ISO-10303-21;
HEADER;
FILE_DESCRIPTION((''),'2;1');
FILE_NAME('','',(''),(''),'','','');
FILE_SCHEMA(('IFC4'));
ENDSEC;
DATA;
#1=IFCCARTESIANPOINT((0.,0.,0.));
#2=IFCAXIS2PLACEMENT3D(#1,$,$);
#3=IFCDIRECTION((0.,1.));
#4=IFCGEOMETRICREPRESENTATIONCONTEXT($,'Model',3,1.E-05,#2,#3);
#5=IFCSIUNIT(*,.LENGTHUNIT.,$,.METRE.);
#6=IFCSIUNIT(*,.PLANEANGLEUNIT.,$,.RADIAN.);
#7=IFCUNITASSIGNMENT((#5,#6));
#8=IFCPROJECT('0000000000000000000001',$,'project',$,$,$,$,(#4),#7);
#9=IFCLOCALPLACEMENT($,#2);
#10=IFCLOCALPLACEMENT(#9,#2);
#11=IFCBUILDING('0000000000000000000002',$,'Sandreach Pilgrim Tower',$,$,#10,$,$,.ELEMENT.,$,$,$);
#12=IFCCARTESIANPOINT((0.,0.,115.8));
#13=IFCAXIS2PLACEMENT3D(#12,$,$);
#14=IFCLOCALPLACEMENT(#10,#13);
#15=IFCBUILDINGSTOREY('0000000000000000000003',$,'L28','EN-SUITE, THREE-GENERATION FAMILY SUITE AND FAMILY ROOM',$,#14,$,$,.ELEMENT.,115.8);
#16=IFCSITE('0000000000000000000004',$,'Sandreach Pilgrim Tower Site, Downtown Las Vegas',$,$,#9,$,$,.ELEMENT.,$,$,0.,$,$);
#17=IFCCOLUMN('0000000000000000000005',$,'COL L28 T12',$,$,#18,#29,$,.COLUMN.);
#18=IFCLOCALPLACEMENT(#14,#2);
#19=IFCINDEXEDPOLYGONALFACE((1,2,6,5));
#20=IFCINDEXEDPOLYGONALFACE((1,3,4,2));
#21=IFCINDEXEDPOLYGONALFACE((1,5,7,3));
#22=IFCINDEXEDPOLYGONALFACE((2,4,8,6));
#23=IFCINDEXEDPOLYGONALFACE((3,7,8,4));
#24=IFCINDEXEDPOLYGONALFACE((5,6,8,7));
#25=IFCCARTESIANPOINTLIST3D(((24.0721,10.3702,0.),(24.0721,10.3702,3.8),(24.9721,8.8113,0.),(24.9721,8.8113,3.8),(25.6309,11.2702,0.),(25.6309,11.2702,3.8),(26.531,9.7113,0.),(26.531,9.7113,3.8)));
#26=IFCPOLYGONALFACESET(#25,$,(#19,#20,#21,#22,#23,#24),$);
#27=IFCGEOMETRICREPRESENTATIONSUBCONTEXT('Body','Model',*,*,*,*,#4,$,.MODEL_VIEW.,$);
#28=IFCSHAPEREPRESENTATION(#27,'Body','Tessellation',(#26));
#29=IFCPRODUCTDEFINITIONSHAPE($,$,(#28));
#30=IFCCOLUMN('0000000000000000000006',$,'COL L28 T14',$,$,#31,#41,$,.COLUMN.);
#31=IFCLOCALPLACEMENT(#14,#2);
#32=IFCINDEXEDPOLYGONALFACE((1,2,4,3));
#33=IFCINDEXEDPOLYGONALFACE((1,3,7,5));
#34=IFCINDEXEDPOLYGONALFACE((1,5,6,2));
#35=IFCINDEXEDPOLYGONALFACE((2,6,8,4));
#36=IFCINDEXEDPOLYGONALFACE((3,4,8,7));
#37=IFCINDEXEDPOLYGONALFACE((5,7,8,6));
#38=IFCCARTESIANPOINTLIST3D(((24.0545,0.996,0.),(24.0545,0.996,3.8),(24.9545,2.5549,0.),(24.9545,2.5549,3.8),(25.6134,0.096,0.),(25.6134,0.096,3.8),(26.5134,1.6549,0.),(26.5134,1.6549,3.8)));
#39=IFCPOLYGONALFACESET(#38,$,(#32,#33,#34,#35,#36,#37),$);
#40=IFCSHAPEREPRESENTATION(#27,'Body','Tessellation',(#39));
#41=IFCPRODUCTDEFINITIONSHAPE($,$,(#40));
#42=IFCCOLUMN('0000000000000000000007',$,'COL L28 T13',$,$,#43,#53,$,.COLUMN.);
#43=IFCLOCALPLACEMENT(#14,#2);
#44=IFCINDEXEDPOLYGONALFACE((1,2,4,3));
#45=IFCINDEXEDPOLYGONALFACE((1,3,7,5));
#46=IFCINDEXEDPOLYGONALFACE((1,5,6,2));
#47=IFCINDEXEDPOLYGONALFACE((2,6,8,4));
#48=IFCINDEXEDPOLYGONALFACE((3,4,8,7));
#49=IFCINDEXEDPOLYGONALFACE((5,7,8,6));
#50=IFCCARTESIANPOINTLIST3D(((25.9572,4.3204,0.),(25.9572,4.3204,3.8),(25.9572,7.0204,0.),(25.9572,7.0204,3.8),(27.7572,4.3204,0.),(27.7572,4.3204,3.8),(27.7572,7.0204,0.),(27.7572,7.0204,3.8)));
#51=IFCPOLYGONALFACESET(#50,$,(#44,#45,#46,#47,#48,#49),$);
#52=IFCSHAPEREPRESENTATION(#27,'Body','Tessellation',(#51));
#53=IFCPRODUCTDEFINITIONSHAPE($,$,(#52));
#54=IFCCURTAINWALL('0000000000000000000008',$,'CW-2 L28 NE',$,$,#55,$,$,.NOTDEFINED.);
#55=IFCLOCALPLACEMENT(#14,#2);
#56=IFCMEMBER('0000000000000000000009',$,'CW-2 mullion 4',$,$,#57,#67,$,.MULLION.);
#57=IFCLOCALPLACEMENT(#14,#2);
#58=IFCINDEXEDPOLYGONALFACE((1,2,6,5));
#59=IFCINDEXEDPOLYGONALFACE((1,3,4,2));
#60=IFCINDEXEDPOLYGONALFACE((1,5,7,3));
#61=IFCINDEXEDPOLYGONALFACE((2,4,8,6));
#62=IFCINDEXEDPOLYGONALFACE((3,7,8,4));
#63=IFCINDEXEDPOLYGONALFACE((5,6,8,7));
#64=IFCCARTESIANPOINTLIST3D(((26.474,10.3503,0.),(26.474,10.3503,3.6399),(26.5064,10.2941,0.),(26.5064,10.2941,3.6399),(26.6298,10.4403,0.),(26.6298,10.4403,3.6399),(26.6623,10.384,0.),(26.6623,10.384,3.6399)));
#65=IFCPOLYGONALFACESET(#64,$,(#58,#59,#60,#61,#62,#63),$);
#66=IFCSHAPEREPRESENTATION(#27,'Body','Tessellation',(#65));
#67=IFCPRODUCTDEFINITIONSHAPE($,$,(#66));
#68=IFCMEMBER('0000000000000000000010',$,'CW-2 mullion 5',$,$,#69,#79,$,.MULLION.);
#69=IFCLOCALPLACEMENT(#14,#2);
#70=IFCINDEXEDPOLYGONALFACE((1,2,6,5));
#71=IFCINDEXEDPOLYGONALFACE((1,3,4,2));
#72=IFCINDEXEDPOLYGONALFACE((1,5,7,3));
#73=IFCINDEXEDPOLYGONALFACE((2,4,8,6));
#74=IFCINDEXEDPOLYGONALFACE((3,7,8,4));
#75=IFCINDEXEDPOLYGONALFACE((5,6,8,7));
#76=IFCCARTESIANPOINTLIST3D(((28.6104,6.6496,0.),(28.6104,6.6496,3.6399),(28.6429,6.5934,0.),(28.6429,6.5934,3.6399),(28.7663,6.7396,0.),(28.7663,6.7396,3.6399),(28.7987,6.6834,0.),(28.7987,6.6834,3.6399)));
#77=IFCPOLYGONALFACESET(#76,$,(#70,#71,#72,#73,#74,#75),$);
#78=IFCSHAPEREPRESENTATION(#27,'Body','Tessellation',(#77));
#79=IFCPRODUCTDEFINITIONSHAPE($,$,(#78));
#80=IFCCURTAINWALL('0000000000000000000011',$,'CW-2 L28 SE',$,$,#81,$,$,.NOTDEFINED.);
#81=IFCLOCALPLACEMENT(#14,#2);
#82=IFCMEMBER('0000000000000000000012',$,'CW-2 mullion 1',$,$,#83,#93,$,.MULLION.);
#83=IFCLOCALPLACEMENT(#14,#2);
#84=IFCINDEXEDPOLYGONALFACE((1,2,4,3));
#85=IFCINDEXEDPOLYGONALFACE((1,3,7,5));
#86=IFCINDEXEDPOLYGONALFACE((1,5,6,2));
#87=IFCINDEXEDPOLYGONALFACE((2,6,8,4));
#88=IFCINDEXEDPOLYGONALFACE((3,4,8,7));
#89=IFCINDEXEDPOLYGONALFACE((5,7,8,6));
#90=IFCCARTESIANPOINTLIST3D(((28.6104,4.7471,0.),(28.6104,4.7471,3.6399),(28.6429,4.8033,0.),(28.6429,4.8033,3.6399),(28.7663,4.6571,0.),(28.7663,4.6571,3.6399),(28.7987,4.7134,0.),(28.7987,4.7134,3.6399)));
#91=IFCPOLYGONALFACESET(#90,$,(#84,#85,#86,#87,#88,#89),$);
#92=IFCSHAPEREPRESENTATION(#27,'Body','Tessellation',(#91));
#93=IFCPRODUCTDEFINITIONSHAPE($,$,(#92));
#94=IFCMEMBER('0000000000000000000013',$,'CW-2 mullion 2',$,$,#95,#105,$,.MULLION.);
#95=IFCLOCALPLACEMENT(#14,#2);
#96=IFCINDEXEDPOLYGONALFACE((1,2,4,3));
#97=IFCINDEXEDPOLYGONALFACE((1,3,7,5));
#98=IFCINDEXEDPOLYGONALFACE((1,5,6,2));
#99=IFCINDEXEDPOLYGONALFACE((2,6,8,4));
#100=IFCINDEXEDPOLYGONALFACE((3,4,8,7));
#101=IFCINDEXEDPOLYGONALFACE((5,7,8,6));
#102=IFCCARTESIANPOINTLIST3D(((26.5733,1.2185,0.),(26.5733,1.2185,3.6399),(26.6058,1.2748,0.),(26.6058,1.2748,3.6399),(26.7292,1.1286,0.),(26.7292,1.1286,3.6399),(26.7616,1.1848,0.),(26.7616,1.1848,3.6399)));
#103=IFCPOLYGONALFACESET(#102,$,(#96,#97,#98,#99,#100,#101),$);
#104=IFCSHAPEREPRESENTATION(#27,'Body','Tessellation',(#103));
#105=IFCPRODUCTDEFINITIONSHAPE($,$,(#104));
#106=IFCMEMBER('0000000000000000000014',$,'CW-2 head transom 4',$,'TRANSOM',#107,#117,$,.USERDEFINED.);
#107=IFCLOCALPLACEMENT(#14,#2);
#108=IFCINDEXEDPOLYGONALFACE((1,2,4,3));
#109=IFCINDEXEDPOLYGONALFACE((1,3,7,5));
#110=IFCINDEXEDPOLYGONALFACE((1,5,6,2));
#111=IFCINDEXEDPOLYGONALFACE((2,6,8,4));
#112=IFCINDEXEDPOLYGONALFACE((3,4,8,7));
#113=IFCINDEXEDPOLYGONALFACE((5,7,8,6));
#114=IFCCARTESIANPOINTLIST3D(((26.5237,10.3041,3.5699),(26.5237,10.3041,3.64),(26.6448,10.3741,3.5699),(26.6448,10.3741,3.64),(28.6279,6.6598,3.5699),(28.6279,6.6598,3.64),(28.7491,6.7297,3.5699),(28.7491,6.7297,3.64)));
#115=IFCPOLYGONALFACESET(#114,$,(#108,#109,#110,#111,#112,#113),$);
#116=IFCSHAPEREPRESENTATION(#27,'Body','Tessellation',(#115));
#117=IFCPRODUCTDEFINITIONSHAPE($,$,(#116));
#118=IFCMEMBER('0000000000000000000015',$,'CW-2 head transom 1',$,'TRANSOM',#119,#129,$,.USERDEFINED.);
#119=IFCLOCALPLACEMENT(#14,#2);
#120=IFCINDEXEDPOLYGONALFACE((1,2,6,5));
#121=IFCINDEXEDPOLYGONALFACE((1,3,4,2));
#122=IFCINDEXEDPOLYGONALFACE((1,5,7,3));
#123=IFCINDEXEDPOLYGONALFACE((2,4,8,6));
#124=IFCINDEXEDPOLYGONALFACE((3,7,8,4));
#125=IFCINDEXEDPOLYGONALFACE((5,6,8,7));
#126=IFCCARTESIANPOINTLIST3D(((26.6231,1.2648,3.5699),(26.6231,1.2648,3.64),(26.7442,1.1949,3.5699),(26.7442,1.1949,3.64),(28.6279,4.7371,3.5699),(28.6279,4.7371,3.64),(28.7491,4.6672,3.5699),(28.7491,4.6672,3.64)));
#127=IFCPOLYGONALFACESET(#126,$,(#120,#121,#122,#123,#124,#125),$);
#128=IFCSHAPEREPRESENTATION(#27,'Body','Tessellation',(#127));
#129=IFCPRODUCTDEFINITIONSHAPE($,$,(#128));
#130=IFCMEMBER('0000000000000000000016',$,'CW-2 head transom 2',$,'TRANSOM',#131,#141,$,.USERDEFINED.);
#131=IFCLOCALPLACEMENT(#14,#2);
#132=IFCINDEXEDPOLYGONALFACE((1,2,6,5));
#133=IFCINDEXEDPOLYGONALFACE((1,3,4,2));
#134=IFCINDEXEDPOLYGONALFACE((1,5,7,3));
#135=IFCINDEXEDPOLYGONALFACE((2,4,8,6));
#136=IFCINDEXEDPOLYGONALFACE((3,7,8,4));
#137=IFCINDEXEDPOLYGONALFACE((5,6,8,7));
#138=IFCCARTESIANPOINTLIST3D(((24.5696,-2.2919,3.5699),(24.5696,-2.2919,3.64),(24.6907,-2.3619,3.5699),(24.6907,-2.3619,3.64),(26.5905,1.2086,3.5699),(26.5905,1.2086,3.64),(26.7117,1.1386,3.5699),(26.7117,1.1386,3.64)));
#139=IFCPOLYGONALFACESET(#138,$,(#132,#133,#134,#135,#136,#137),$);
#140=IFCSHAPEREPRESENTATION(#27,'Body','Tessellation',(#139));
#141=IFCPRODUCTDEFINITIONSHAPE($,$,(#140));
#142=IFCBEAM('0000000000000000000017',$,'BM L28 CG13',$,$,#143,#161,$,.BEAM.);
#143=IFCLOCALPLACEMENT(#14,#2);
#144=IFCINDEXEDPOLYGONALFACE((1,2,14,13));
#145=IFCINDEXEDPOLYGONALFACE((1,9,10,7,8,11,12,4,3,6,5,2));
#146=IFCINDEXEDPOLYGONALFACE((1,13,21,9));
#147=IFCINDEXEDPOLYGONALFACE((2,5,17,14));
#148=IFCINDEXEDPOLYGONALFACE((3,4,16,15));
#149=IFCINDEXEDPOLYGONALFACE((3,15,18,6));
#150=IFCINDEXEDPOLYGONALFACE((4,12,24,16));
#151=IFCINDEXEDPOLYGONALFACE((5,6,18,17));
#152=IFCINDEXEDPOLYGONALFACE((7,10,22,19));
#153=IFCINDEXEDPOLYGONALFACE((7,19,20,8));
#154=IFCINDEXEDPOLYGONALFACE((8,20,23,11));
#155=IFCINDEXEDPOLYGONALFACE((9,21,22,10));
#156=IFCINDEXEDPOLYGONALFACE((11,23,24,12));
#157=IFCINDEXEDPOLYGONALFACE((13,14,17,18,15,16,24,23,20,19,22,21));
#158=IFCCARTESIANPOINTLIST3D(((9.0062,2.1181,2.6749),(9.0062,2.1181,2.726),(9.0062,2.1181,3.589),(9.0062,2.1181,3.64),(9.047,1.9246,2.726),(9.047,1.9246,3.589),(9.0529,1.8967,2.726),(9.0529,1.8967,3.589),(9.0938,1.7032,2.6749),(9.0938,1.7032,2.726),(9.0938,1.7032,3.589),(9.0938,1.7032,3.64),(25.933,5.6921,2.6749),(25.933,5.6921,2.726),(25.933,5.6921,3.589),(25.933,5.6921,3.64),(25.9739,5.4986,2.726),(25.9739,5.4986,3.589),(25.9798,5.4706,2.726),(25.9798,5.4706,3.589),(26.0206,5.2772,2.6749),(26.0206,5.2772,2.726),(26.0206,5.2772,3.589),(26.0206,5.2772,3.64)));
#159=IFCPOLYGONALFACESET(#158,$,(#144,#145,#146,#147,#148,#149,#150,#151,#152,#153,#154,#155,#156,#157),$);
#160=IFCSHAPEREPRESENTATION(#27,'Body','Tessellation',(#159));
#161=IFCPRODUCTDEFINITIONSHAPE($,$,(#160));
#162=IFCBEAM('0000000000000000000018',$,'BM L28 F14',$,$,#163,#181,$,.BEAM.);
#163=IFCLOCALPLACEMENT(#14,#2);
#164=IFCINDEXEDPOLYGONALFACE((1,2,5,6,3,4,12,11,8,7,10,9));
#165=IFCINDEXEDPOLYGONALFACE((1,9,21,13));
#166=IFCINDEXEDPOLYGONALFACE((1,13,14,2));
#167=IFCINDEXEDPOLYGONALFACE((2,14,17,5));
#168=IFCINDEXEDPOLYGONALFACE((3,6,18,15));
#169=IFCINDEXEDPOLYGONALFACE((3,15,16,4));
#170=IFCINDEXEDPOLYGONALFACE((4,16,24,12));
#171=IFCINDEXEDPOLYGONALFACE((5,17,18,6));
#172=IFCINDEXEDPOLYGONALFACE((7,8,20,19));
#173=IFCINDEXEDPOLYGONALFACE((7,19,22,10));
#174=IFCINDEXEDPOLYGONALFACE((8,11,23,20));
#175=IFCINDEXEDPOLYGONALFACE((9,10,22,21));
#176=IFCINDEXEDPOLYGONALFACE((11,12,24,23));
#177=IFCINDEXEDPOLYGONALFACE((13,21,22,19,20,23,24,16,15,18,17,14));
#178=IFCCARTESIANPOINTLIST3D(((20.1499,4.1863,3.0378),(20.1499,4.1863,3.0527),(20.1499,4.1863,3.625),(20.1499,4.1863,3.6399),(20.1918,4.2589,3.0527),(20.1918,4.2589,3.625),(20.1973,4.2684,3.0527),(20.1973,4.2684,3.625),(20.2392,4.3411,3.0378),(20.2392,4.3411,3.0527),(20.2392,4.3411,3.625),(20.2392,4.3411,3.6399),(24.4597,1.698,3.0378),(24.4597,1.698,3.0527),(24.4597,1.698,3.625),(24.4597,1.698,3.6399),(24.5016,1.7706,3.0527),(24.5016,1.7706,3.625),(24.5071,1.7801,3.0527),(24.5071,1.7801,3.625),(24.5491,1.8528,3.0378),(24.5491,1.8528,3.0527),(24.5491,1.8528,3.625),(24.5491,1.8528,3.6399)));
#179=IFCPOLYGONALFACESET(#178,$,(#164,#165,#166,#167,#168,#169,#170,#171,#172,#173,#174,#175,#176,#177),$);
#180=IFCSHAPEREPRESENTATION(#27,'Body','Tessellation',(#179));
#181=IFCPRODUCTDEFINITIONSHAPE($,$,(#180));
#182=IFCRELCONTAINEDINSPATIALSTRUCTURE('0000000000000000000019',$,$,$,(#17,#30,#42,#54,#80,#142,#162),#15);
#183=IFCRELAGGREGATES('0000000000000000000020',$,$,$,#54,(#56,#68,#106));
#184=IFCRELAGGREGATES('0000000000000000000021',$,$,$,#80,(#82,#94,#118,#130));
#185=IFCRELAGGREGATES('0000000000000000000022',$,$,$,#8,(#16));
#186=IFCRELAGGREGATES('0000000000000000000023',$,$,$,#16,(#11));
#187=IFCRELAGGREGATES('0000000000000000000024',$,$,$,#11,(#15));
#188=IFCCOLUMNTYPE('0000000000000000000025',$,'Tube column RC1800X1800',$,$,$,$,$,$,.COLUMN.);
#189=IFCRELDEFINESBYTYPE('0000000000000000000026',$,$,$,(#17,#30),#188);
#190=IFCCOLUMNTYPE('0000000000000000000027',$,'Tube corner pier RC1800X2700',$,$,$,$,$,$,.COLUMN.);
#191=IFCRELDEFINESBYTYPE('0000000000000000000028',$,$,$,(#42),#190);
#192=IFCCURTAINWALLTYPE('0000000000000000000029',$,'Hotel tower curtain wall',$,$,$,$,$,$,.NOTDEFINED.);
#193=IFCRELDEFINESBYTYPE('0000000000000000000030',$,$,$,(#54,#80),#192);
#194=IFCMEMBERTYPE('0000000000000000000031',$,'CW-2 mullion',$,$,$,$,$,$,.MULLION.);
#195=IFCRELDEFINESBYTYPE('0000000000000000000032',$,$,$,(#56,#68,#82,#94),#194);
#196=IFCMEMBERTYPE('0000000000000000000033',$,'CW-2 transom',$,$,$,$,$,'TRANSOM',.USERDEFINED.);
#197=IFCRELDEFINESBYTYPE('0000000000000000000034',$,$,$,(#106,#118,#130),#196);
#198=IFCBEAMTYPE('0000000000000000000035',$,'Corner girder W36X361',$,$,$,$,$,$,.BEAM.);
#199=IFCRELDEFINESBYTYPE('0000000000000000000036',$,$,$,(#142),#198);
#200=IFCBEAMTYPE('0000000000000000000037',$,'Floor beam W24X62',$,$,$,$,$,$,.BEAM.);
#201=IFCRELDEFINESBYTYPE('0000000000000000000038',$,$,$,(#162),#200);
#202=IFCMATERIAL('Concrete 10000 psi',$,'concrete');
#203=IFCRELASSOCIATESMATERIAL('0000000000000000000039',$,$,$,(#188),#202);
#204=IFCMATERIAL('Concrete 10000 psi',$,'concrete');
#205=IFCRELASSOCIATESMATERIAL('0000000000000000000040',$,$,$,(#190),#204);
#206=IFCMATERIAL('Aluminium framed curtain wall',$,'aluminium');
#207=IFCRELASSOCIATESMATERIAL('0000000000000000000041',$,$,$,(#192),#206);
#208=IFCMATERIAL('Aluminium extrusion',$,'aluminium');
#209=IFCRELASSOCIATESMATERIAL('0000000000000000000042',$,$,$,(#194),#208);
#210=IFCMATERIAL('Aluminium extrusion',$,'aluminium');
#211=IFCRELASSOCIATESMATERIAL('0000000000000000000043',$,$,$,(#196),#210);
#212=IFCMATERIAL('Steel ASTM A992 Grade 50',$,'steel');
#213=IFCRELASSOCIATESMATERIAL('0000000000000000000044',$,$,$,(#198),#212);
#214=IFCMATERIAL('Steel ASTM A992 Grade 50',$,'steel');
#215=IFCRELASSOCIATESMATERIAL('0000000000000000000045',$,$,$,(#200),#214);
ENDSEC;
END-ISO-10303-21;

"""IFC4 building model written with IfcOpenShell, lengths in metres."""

from ifc_helpers import new_model, si_unit, direction, frame, origin, origin_2d, place, context, subcontext, project, spatial, rectangle, i_section, extrude, material, material_profile, profile_set, type_object, element, aggregate, save


model = new_model("IFC4")

# Units and contexts
model_context = context("Model", 3, precision=1e-05, world=origin(), true_north=direction((0.0, 1.0)))
body_context = subcontext(model_context, "Body", "Model", "MODEL_VIEW")
ifc_project = project(units=[si_unit("LENGTHUNIT", "METRE"), si_unit("PLANEANGLEUNIT", "RADIAN")], contexts=[model_context])

# Site, building, storey
site_placement = place(None, origin())
site = spatial("IfcSite", under=ifc_project, at=site_placement, Name="Sandreach Pilgrim Tower Site, Downtown Las Vegas", CompositionType="ELEMENT", RefElevation=0.0)
building_placement = place(site_placement, origin())
building = spatial("IfcBuilding", under=site, at=building_placement, Name="Sandreach Pilgrim Tower", CompositionType="ELEMENT")
storey_placement = place(building_placement, frame((0.0, 0.0, 115.8)))
storey = spatial("IfcBuildingStorey", under=building, at=storey_placement, Name="L28", Description="EN-SUITE, THREE-GENERATION FAMILY SUITE AND FAMILY ROOM", CompositionType="ELEMENT", Elevation=115.8)

# Columns
ifc_material_1 = material(Name="Concrete 10000 psi", Category="concrete")
ifc_material_profile_1 = material_profile(ifc_material_1, rectangle(XDim=1.8, YDim=1.8, at=origin_2d()), Name="RC1800X1800")
ifc_profile_set_1 = profile_set([ifc_material_profile_1], Name="Concrete 10000 psi")
column_type_1 = type_object("IfcColumnType", Name="Tube column RC1800X1800", PredefinedType="COLUMN", material=ifc_profile_set_1)
for number, where, z_axis, x_axis, name in (
    (1, (25.3015, 10.0408, 0.0), (0.0, 0.0, 1.0), (0.866025, 0.5, 0.0), "COL L28 T12"),
    (2, (25.2839, 1.3254, 0.0), (0.0, 0.0, 1.0), (0.866025, -0.5, 0.0), "COL L28 T14"),
):
    element("IfcColumn", number, at=place(storey_placement, frame(where, z_axis=z_axis, x_axis=x_axis)), inside=storey, type_object=column_type_1, Name=name, PredefinedType="COLUMN", context=body_context, shape_type="SweptSolid", body=[
        extrude(rectangle(XDim=1.8, YDim=1.8, at=origin_2d()), origin(), (0.0, 0.0, 1.0), 3.8),
    ])
ifc_material_2 = material(Name="Concrete 10000 psi", Category="concrete")
ifc_material_profile_2 = material_profile(ifc_material_2, rectangle(XDim=1.8, YDim=2.7, at=origin_2d()), Name="RC1800X2700")
ifc_profile_set_2 = profile_set([ifc_material_profile_2], Name="Concrete 10000 psi")
column_type_2 = type_object("IfcColumnType", Name="Tube corner pier RC1800X2700", PredefinedType="COLUMN", material=ifc_profile_set_2)
column_placement = place(storey_placement, frame((26.8572, 5.6704, 0.0), z_axis=(0.0, 0.0, 1.0), x_axis=(1.0, 0.0, 0.0)))
element("IfcColumn", 3, at=column_placement, inside=storey, type_object=column_type_2, Name="COL L28 T13", PredefinedType="COLUMN", context=body_context, shape_type="SweptSolid", body=[
    extrude(rectangle(XDim=1.8, YDim=2.7, at=origin_2d()), origin(), (0.0, 0.0, 1.0), 3.8),
])

# Curtain walls, members
ifc_material_3 = material(Name="Aluminium framed curtain wall", Category="aluminium")
curtain_wall_type = type_object("IfcCurtainWallType", Name="Hotel tower curtain wall", PredefinedType="NOTDEFINED", material=ifc_material_3)
curtain_wall_1_placement = place(storey_placement, origin())
curtain_wall_1 = element("IfcCurtainWall", 4, at=curtain_wall_1_placement, inside=storey, type_object=curtain_wall_type, Name="CW-2 L28 NE", PredefinedType="NOTDEFINED")
ifc_material_4 = material(Name="Aluminium extrusion", Category="aluminium")
ifc_material_profile_3 = material_profile(ifc_material_4, rectangle(XDim=0.0649, YDim=0.1799, at=origin_2d()), Name="CW-2M 65X180")
ifc_profile_set_3 = profile_set([ifc_material_profile_3], Name="Aluminium extrusion")
member_type_1 = type_object("IfcMemberType", Name="CW-2 mullion", PredefinedType="MULLION", material=ifc_profile_set_3)
member_1_placement = place(storey_placement, frame((26.5681, 10.3672, 0.0), z_axis=(0.0, 0.0, 1.0), x_axis=(0.5, -0.866025, 0.0)))
member_1 = element("IfcMember", 5, at=member_1_placement, type_object=member_type_1, Name="CW-2 mullion 4", PredefinedType="MULLION", context=body_context, shape_type="SweptSolid", body=[
    extrude(rectangle(XDim=0.0649, YDim=0.1799, at=origin_2d()), origin(), (0.0, 0.0, 1.0), 3.6399),
])
member_2_placement = place(storey_placement, frame((28.7046, 6.6665, 0.0), z_axis=(0.0, 0.0, 1.0), x_axis=(0.5, -0.866025, 0.0)))
member_2 = element("IfcMember", 6, at=member_2_placement, type_object=member_type_1, Name="CW-2 mullion 5", PredefinedType="MULLION", context=body_context, shape_type="SweptSolid", body=[
    extrude(rectangle(XDim=0.0649, YDim=0.1799, at=origin_2d()), origin(), (0.0, 0.0, 1.0), 3.6399),
])
curtain_wall_2_placement = place(storey_placement, origin())
curtain_wall_2 = element("IfcCurtainWall", 7, at=curtain_wall_2_placement, inside=storey, type_object=curtain_wall_type, Name="CW-2 L28 SE", PredefinedType="NOTDEFINED")
member_3_placement = place(storey_placement, frame((28.7046, 4.7302, 0.0), z_axis=(0.0, 0.0, 1.0), x_axis=(-0.5, -0.866025, 0.0)))
member_3 = element("IfcMember", 8, at=member_3_placement, type_object=member_type_1, Name="CW-2 mullion 1", PredefinedType="MULLION", context=body_context, shape_type="SweptSolid", body=[
    extrude(rectangle(XDim=0.0649, YDim=0.1799, at=origin_2d()), origin(), (0.0, 0.0, 1.0), 3.6399),
])
member_4_placement = place(storey_placement, frame((26.6675, 1.2017, 0.0), z_axis=(0.0, 0.0, 1.0), x_axis=(-0.5, -0.866025, 0.0)))
member_4 = element("IfcMember", 9, at=member_4_placement, type_object=member_type_1, Name="CW-2 mullion 2", PredefinedType="MULLION", context=body_context, shape_type="SweptSolid", body=[
    extrude(rectangle(XDim=0.0649, YDim=0.1799, at=origin_2d()), origin(), (0.0, 0.0, 1.0), 3.6399),
])

# Members
ifc_material_5 = material(Name="Aluminium extrusion", Category="aluminium")
ifc_material_profile_4 = material_profile(ifc_material_5, rectangle(XDim=0.1399, YDim=0.0701, at=origin_2d()), Name="CW-2T 140X70")
ifc_profile_set_4 = profile_set([ifc_material_profile_4], Name="Aluminium extrusion")
member_type_2 = type_object("IfcMemberType", Name="CW-2 transom", ElementType="TRANSOM", PredefinedType="USERDEFINED", material=ifc_profile_set_4)
member_5_placement = place(storey_placement, frame((26.5842, 10.3391, 3.605), z_axis=(0.500039, -0.866003, 0.0), x_axis=(0.866003, 0.500039, 0.0)))
member_5 = element("IfcMember", 10, at=member_5_placement, type_object=member_type_2, Name="CW-2 head transom 4", ObjectType="TRANSOM", PredefinedType="USERDEFINED", context=body_context, shape_type="SweptSolid", body=[
    extrude(rectangle(XDim=0.1399, YDim=0.0701, at=origin_2d()), origin(), (0.0, 0.0, 1.0), 4.2083),
])
member_6_placement = place(storey_placement, frame((28.6885, 4.7021, 3.605), z_axis=(-0.500016, -0.866016, 0.0), x_axis=(0.866016, -0.500016, 0.0)))
member_6 = element("IfcMember", 11, at=member_6_placement, type_object=member_type_2, Name="CW-2 head transom 1", ObjectType="TRANSOM", PredefinedType="USERDEFINED", context=body_context, shape_type="SweptSolid", body=[
    extrude(rectangle(XDim=0.1399, YDim=0.0701, at=origin_2d()), origin(), (0.0, 0.0, 1.0), 4.0095),
])
member_7_placement = place(storey_placement, frame((26.6511, 1.1736, 3.605), z_axis=(-0.499998, -0.866027, 0.0), x_axis=(0.866027, -0.499998, 0.0)))
member_7 = element("IfcMember", 12, at=member_7_placement, type_object=member_type_2, Name="CW-2 head transom 2", ObjectType="TRANSOM", PredefinedType="USERDEFINED", context=body_context, shape_type="SweptSolid", body=[
    extrude(rectangle(XDim=0.1399, YDim=0.0701, at=origin_2d()), origin(), (0.0, 0.0, 1.0), 4.042),
])

# Beams
ifc_material_6 = material(Name="Steel ASTM A992 Grade 50", Category="steel")
ifc_material_profile_5 = material_profile(ifc_material_6, i_section(OverallWidth=0.4241, OverallDepth=0.9651, WebThickness=0.0286, FlangeThickness=0.051, at=origin_2d()), Name="W36X361")
ifc_profile_set_5 = profile_set([ifc_material_profile_5], Name="Steel ASTM A992 Grade 50")
beam_type_1 = type_object("IfcBeamType", Name="Corner girder W36X361", PredefinedType="BEAM", material=ifc_profile_set_5)
beam_1_placement = place(storey_placement, frame((25.9768, 5.4846, 3.1575), z_axis=(-0.978428, -0.206589, 0.0), x_axis=(0.206589, -0.978428, 0.0)))
element("IfcBeam", 13, at=beam_1_placement, inside=storey, type_object=beam_type_1, Name="BM L28 CG13", PredefinedType="BEAM", context=body_context, shape_type="SweptSolid", body=[
    extrude(i_section(OverallWidth=0.4241, OverallDepth=0.9651, WebThickness=0.0286, FlangeThickness=0.051, at=origin_2d()), origin(), (0.0, 0.0, 1.0), 17.3),
])
ifc_material_7 = material(Name="Steel ASTM A992 Grade 50", Category="steel")
ifc_material_profile_6 = material_profile(ifc_material_7, i_section(OverallWidth=0.1787, OverallDepth=0.6021, WebThickness=0.011, FlangeThickness=0.0149, at=origin_2d()), Name="W24X62")
ifc_profile_set_6 = profile_set([ifc_material_profile_6], Name="Steel ASTM A992 Grade 50")
beam_type_2 = type_object("IfcBeamType", Name="Floor beam W24X62", PredefinedType="BEAM", material=ifc_profile_set_6)
beam_2_placement = place(storey_placement, frame((24.5044, 1.7754, 3.3389), z_axis=(-0.866025, 0.500001, 0.0), x_axis=(-0.500001, -0.866025, 0.0)))
element("IfcBeam", 14, at=beam_2_placement, inside=storey, type_object=beam_type_2, Name="BM L28 F14", PredefinedType="BEAM", context=body_context, shape_type="SweptSolid", body=[
    extrude(i_section(OverallWidth=0.1787, OverallDepth=0.6021, WebThickness=0.011, FlangeThickness=0.0149, at=origin_2d()), origin(), (0.0, 0.0, 1.0), 4.9766),
])

aggregate(curtain_wall_1, [member_1, member_2, member_5])
aggregate(curtain_wall_2, [member_3, member_4, member_6, member_7])

save(model, "model.ifc")
